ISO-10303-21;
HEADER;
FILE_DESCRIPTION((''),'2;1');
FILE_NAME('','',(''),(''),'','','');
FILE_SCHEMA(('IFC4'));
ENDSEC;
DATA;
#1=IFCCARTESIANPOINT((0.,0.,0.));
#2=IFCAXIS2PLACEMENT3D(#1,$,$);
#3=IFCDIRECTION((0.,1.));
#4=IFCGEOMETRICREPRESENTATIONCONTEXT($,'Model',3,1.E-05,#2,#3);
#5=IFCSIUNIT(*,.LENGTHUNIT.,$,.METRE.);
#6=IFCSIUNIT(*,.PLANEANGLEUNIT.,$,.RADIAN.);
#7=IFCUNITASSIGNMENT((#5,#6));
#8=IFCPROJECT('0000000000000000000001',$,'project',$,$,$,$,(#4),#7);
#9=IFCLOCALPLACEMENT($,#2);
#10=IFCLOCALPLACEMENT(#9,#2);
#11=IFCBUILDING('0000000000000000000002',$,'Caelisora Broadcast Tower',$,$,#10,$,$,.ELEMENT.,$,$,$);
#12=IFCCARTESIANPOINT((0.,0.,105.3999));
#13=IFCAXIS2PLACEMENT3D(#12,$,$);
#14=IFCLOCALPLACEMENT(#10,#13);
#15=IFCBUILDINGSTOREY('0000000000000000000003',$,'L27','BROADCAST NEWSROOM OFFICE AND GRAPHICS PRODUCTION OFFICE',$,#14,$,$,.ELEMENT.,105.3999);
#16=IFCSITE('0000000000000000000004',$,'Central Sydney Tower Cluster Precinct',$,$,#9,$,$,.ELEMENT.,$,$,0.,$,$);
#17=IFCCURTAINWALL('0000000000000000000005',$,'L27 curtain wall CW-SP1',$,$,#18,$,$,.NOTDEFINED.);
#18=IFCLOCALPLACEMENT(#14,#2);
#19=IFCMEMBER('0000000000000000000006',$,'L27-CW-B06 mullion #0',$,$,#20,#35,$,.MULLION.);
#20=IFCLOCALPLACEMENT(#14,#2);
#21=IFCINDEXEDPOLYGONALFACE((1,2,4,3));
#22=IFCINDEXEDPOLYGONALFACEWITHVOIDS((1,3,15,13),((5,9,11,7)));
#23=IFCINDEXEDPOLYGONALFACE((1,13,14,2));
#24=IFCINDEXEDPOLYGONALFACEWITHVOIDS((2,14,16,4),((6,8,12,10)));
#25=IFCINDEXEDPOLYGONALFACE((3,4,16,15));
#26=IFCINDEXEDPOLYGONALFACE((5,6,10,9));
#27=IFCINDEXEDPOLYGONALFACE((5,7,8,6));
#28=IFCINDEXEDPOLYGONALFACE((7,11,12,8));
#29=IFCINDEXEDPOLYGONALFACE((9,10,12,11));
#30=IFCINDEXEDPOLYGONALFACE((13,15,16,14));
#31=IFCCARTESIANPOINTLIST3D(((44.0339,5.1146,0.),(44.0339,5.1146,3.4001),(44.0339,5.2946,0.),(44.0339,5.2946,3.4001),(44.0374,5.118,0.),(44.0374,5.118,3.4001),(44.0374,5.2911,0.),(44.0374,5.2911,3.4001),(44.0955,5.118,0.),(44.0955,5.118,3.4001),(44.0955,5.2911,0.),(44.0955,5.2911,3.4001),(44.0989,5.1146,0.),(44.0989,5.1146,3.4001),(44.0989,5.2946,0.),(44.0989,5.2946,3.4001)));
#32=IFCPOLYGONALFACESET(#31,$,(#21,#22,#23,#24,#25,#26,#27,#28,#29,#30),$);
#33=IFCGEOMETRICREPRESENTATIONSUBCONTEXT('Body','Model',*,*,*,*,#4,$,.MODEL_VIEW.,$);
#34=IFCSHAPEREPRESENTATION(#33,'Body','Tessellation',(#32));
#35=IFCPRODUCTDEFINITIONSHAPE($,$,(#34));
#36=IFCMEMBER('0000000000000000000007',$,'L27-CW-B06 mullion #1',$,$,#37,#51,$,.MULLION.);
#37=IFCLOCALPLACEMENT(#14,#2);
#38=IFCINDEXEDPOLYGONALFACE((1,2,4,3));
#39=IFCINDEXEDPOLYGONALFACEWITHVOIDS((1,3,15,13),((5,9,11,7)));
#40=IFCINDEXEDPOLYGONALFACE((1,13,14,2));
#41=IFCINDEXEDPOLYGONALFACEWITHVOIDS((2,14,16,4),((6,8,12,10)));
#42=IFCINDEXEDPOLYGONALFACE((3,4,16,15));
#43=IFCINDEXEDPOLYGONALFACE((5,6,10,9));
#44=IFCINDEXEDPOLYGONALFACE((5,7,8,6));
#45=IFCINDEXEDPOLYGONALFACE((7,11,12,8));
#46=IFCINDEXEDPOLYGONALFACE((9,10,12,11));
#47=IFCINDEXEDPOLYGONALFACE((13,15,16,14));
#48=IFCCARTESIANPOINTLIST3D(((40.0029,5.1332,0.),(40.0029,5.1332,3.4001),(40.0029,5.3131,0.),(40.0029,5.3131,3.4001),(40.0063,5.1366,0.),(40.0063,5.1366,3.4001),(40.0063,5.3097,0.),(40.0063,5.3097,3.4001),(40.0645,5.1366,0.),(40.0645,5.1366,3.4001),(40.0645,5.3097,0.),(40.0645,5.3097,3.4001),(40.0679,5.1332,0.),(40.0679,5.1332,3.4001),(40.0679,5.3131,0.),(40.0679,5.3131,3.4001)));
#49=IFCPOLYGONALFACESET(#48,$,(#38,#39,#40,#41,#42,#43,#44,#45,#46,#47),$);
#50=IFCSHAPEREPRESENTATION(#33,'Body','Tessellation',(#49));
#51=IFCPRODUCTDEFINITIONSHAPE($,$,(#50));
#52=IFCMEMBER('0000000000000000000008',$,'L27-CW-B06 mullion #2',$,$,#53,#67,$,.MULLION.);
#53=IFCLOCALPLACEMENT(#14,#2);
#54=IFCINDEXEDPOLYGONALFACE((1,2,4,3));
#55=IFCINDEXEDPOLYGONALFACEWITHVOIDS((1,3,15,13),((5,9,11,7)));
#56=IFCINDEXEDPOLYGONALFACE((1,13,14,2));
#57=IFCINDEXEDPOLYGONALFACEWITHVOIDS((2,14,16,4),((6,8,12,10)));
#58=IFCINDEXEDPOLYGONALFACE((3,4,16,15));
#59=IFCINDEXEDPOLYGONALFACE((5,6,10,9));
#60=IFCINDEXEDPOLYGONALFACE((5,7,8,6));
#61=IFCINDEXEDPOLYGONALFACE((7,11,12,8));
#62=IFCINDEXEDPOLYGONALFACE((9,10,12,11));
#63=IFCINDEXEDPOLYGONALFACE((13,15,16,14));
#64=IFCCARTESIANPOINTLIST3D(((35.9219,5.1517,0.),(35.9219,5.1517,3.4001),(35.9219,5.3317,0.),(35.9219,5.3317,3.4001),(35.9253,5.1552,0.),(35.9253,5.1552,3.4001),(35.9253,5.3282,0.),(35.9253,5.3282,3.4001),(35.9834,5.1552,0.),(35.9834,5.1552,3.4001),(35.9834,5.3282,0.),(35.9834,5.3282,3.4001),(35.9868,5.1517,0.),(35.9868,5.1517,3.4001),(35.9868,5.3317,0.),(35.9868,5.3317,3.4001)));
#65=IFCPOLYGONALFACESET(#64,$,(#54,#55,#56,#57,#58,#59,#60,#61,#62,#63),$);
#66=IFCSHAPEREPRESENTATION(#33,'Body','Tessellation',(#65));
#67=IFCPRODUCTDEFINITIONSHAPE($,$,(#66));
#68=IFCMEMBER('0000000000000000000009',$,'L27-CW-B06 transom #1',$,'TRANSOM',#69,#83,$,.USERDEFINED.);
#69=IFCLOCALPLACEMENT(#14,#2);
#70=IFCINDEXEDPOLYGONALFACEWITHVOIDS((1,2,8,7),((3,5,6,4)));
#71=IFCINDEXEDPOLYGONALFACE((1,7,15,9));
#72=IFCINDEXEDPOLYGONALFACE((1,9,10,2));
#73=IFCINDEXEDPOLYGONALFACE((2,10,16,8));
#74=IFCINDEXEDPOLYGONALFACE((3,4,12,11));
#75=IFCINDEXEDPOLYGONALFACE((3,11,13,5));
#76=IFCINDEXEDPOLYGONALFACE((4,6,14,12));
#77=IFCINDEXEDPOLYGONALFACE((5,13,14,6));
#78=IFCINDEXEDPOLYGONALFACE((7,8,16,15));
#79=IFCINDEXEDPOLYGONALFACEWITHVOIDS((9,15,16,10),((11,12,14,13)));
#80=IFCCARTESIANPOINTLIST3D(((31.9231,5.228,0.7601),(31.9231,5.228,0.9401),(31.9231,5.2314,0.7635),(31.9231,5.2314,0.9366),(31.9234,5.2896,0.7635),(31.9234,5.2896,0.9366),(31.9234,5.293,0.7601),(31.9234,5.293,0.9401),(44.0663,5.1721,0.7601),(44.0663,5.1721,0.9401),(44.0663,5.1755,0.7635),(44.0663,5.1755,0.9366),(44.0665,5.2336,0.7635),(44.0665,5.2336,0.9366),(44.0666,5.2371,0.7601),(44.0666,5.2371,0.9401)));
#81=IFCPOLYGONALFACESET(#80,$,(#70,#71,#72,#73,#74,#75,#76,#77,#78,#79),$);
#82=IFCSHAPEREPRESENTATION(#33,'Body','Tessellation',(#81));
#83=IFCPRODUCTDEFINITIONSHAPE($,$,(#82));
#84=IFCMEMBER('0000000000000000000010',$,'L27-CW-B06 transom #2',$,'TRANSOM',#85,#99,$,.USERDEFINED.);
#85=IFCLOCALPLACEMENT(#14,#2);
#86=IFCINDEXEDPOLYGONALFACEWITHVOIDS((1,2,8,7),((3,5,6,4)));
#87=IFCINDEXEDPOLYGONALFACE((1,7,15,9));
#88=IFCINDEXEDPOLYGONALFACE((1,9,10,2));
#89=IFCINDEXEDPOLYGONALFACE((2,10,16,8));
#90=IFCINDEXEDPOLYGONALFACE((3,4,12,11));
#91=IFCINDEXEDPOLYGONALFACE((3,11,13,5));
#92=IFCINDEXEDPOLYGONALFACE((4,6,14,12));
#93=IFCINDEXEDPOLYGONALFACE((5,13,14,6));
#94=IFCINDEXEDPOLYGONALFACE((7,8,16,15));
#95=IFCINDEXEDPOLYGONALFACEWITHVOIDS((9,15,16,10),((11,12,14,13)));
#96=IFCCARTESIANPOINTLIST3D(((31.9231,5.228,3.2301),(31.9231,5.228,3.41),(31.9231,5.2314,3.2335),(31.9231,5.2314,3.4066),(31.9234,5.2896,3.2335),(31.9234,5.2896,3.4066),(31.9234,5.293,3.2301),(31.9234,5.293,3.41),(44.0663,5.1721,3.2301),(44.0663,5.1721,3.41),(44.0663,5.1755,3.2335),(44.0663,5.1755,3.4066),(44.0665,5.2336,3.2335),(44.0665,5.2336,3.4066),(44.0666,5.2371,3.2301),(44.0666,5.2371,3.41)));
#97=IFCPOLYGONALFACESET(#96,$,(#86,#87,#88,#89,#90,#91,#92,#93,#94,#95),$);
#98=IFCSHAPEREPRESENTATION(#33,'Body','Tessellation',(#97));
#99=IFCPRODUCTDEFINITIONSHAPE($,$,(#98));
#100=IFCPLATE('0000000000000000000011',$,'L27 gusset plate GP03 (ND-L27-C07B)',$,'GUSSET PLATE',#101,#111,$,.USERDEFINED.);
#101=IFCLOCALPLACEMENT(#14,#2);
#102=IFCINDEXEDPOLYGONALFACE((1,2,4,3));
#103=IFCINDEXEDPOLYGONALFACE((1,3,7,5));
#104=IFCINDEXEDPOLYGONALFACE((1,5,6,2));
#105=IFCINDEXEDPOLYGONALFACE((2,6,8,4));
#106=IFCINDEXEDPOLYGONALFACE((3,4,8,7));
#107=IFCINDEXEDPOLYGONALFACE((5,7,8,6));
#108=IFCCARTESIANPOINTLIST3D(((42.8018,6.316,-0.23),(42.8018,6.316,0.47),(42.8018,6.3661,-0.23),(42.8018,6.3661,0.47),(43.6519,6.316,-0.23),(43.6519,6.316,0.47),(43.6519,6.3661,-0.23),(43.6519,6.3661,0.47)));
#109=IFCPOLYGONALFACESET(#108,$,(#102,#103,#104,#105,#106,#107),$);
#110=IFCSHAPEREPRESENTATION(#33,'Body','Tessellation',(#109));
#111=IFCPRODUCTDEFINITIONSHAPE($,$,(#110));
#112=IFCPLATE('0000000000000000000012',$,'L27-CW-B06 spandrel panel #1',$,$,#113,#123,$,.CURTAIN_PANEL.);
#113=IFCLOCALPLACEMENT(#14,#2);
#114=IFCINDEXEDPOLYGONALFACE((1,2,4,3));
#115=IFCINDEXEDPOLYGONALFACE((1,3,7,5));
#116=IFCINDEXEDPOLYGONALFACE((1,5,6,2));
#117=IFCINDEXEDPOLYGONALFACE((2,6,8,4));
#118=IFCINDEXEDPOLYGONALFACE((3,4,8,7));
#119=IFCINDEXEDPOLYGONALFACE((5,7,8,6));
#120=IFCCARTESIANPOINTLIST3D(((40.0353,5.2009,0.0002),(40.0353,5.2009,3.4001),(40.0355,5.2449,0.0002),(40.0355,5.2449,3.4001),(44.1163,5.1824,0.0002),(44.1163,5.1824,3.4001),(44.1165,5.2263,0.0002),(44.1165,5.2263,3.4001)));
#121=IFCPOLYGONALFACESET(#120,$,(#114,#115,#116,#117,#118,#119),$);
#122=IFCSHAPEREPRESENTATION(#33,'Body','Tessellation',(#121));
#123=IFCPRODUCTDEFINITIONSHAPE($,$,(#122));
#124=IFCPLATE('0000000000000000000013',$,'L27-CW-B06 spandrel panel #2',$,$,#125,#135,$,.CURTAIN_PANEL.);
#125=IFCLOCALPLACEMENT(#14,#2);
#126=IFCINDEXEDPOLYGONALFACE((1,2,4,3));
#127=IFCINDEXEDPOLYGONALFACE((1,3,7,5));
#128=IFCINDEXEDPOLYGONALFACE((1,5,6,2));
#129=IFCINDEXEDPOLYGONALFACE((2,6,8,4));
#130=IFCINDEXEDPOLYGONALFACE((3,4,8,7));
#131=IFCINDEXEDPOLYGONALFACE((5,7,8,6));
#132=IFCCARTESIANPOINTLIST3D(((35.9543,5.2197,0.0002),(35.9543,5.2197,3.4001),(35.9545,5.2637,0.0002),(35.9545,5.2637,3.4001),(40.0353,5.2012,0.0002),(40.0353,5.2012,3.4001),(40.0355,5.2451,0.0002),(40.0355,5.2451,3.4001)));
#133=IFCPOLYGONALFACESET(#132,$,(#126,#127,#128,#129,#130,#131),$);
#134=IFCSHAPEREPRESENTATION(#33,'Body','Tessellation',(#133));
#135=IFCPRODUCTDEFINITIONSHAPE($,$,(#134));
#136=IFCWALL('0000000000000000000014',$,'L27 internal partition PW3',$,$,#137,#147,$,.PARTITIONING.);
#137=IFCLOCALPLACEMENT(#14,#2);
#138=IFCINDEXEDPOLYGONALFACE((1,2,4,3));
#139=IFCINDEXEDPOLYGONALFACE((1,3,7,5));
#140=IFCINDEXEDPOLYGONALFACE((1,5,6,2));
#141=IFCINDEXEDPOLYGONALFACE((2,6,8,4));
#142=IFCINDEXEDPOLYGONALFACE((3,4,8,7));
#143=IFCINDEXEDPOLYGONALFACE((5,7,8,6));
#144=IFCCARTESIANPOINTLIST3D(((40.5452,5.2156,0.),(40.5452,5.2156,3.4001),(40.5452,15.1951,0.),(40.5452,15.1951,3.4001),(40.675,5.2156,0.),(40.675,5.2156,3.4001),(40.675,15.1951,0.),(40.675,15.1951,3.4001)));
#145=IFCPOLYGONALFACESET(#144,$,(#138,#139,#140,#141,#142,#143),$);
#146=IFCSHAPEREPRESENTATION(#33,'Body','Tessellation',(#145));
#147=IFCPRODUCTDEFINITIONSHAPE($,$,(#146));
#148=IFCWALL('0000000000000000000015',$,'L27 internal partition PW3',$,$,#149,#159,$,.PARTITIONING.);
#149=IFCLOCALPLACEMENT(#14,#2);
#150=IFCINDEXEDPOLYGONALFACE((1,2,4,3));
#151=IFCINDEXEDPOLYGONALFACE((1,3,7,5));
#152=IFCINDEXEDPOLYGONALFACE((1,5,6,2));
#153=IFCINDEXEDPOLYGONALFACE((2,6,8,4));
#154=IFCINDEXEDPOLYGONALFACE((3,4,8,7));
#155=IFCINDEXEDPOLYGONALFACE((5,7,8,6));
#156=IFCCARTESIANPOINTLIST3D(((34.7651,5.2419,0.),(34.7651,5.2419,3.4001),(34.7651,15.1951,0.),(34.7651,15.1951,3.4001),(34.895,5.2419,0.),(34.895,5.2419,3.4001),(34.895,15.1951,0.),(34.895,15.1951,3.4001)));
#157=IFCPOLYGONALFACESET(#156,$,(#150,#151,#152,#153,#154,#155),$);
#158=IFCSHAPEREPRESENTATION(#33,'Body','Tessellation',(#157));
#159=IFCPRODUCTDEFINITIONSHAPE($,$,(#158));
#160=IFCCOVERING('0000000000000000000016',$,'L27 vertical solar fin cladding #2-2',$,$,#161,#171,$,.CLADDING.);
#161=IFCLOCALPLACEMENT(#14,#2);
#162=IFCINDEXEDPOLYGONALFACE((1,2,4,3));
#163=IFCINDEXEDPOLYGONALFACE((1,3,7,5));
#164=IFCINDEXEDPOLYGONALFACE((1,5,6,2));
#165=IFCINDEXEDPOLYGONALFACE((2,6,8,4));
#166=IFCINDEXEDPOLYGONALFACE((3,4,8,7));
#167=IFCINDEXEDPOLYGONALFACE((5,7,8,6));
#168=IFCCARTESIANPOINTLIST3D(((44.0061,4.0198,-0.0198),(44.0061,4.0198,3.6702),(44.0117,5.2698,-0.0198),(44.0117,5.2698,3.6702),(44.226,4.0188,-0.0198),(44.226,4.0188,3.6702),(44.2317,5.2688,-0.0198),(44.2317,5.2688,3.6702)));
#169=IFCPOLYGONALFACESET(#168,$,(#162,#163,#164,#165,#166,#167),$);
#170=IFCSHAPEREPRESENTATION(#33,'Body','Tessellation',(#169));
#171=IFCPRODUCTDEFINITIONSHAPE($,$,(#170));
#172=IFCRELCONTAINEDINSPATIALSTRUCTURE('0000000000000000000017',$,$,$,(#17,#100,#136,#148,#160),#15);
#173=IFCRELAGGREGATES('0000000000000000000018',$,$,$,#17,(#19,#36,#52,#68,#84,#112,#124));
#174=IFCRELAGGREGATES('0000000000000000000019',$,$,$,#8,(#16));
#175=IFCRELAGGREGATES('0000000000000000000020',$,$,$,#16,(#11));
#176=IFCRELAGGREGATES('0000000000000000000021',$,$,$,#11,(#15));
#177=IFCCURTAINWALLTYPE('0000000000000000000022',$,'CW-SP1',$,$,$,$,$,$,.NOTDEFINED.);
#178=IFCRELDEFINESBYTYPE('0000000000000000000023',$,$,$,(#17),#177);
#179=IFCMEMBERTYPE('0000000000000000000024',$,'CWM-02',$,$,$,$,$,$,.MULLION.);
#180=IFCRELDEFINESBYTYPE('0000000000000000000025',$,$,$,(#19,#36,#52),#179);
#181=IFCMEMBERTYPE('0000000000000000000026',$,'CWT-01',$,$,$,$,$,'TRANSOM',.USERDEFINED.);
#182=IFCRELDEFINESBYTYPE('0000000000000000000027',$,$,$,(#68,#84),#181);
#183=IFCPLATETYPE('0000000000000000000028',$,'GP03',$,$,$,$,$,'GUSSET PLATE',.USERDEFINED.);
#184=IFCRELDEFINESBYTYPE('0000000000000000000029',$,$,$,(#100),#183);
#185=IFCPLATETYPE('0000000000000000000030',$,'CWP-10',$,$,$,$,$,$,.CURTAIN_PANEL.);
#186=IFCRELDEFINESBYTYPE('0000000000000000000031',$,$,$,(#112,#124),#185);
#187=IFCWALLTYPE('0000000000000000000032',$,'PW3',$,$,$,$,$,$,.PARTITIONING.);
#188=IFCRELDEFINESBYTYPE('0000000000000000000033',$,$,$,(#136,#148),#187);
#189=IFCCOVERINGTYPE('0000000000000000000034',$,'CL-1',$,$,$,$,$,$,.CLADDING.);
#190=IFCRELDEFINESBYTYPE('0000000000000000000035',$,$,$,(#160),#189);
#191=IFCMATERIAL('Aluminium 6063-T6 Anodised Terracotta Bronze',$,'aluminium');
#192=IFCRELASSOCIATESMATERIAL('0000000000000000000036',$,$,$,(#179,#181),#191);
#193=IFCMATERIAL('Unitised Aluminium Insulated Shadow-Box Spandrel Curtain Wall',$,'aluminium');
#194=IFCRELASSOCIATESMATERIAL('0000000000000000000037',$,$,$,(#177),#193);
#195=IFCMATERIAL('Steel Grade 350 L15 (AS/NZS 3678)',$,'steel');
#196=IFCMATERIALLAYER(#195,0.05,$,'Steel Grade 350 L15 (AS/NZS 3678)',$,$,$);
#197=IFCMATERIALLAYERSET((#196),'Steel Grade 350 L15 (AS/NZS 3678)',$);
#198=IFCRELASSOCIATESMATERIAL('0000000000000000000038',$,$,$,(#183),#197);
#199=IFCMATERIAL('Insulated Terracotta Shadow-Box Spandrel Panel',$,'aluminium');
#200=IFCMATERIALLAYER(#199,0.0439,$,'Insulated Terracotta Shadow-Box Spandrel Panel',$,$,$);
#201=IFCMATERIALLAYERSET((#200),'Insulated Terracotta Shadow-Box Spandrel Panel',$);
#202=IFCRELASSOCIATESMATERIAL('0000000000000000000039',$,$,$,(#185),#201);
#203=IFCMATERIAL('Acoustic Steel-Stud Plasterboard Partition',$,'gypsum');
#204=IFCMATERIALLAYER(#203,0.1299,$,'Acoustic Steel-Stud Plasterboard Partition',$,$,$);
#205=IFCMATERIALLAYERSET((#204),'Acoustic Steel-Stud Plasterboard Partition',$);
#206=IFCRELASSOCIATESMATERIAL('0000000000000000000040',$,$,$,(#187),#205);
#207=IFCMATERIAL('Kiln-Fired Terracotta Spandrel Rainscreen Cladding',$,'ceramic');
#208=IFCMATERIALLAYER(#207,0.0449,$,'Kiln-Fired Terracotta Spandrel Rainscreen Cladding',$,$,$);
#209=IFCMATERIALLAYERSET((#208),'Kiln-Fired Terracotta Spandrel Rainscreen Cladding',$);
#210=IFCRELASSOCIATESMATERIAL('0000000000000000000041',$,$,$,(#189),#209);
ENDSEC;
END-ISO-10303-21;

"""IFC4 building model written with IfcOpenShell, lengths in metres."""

from ifc_helpers import new_model, si_unit, direction, frame, frame_2d, origin, origin_2d, place, context, subcontext, project, spatial, rectangle, hollow_rectangle, extrude, source, transform, mapped, material, layer, layer_set, material_profile, profile_set, type_object, type_shapes, element, aggregate, save


model = new_model("IFC4")

# Units and contexts
model_context = context("Model", 3, precision=1e-05, world=origin(), true_north=direction((0.0, 1.0)))
body_context = subcontext(model_context, "Body", "Model", "MODEL_VIEW")
ifc_project = project(units=[si_unit("LENGTHUNIT", "METRE"), si_unit("PLANEANGLEUNIT", "RADIAN")], contexts=[model_context])

# Site, building, storey
site_placement = place(None, origin())
site = spatial("IfcSite", under=ifc_project, at=site_placement, Name="Central Sydney Tower Cluster Precinct", CompositionType="ELEMENT", RefElevation=0.0)
building_placement = place(site_placement, origin())
building = spatial("IfcBuilding", under=site, at=building_placement, Name="Caelisora Broadcast Tower", CompositionType="ELEMENT")
storey_placement = place(building_placement, frame((0.0, 0.0, 105.3999)))
storey = spatial("IfcBuildingStorey", under=building, at=storey_placement, Name="L27", Description="BROADCAST NEWSROOM OFFICE AND GRAPHICS PRODUCTION OFFICE", CompositionType="ELEMENT", Elevation=105.3999)

# Shared definitions
ifc_material_1 = material(Name="Steel Grade 350 L15 (AS/NZS 3678)", Category="steel")

# Shared definitions
ifc_material_2 = material(Name="Aluminium 6063-T6 Anodised Terracotta Bronze", Category="aluminium")
ifc_material_profile_1 = material_profile(ifc_material_2, hollow_rectangle(XDim=0.0649, YDim=0.1799, WallThickness=0.0034, at=origin_2d()), Name="Aluminium 6063-T6 Anodised Terracotta Bronze")
ifc_profile_set_1 = profile_set([ifc_material_profile_1], Name="Aluminium 6063-T6 Anodised Terracotta Bronze")
member_type_1 = type_object("IfcMemberType", Name="CWM-02", PredefinedType="MULLION", material=ifc_profile_set_1)
shared_shape_1 = source(origin(), body_context, "Body", "SweptSolid", [
    extrude(hollow_rectangle(XDim=0.0649, YDim=0.1799, WallThickness=0.0034, at=origin_2d()), origin(), (0.0, 0.0, 1.0), 3.4001),
])
type_shapes(member_type_1, [shared_shape_1])

# Curtain wall, members
ifc_material_3 = material(Name="Unitised Aluminium Insulated Shadow-Box Spandrel Curtain Wall", Category="aluminium")
curtain_wall_type_1 = type_object("IfcCurtainWallType", Name="CW-SP1", PredefinedType="NOTDEFINED", material=ifc_material_3)
curtain_wall_1_placement = place(storey_placement, origin())
curtain_wall_1 = element("IfcCurtainWall", 1, at=curtain_wall_1_placement, inside=storey, type_object=curtain_wall_type_1, Name="L27 curtain wall CW-SP1", PredefinedType="NOTDEFINED")
member_1_placement = place(storey_placement, frame((44.0664, 5.2046, 0.0), z_axis=(0.0, 0.0, 1.0), x_axis=(1.0, 0.0, 0.0)))
member_1 = element("IfcMember", 2, at=member_1_placement, type_object=member_type_1, Name="L27-CW-B06 mullion #0", PredefinedType="MULLION", context=body_context, shape_type="MappedRepresentation", body=[
    mapped(shared_shape_1, transform((0.0, 0.0, 0.0), scale=1.0)),
])
member_2_placement = place(storey_placement, frame((40.0354, 5.2231, 0.0), z_axis=(0.0, 0.0, 1.0), x_axis=(1.0, 0.0, 0.0)))
member_2 = element("IfcMember", 3, at=member_2_placement, type_object=member_type_1, Name="L27-CW-B06 mullion #1", PredefinedType="MULLION", context=body_context, shape_type="MappedRepresentation", body=[
    mapped(shared_shape_1, transform((0.0, 0.0, 0.0), scale=1.0)),
])
member_3_placement = place(storey_placement, frame((35.9543, 5.2417, 0.0), z_axis=(0.0, 0.0, 1.0), x_axis=(1.0, 0.0, 0.0)))
member_3 = element("IfcMember", 4, at=member_3_placement, type_object=member_type_1, Name="L27-CW-B06 mullion #2", PredefinedType="MULLION", context=body_context, shape_type="MappedRepresentation", body=[
    mapped(shared_shape_1, transform((0.0, 0.0, 0.0), scale=1.0)),
])
ifc_material_profile_2 = material_profile(ifc_material_2, hollow_rectangle(XDim=0.0649, YDim=0.1799, WallThickness=0.0034, at=origin_2d()), Name="Aluminium 6063-T6 Anodised Terracotta Bronze")
ifc_profile_set_2 = profile_set([ifc_material_profile_2], Name="Aluminium 6063-T6 Anodised Terracotta Bronze")
member_type_2 = type_object("IfcMemberType", Name="CWT-01", ElementType="TRANSOM", PredefinedType="USERDEFINED", material=ifc_profile_set_2)
shared_shape_2 = source(origin(), body_context, "Body", "SweptSolid", [
    extrude(hollow_rectangle(XDim=0.0649, YDim=0.1799, WallThickness=0.0034, at=origin_2d()), origin(), (0.0, 0.0, 1.0), 12.1433),
])
type_shapes(member_type_2, [shared_shape_2])
member_4_placement = place(storey_placement, frame((44.0664, 5.2046, 0.8501), z_axis=(-0.999989, 0.004604, 0.0), x_axis=(-0.004604, -0.999989, 0.0)))
member_4 = element("IfcMember", 5, at=member_4_placement, type_object=member_type_2, Name="L27-CW-B06 transom #1", ObjectType="TRANSOM", PredefinedType="USERDEFINED", context=body_context, shape_type="MappedRepresentation", body=[
    mapped(shared_shape_2, transform((0.0, 0.0, 0.0), scale=1.0)),
])
member_5_placement = place(storey_placement, frame((44.0664, 5.2046, 3.3201), z_axis=(-0.999989, 0.004604, 0.0), x_axis=(-0.004604, -0.999989, 0.0)))
member_5 = element("IfcMember", 6, at=member_5_placement, type_object=member_type_2, Name="L27-CW-B06 transom #2", ObjectType="TRANSOM", PredefinedType="USERDEFINED", context=body_context, shape_type="MappedRepresentation", body=[
    mapped(shared_shape_2, transform((0.0, 0.0, 0.0), scale=1.0)),
])

# Plates
ifc_layer_1 = layer(ifc_material_1, 0.05, Name="Steel Grade 350 L15 (AS/NZS 3678)")
ifc_layer_set_1 = layer_set([ifc_layer_1], Name="Steel Grade 350 L15 (AS/NZS 3678)")
plate_type_1 = type_object("IfcPlateType", Name="GP03", ElementType="GUSSET PLATE", PredefinedType="USERDEFINED", material=ifc_layer_set_1)
shared_shape_3 = source(origin(), body_context, "Body", "SweptSolid", [
    extrude(rectangle(XDim=0.8501, YDim=0.05, at=origin_2d()), origin(), (0.0, 0.0, 1.0), 0.7),
])
type_shapes(plate_type_1, [shared_shape_3])
plate_1_placement = place(storey_placement, frame((43.2268, 6.3411, -0.23), z_axis=(0.0, 0.0, 1.0), x_axis=(1.0, 0.0, 0.0)))
element("IfcPlate", 7, at=plate_1_placement, inside=storey, type_object=plate_type_1, Name="L27 gusset plate GP03 (ND-L27-C07B)", ObjectType="GUSSET PLATE", PredefinedType="USERDEFINED", context=body_context, shape_type="MappedRepresentation", body=[
    mapped(shared_shape_3, transform((0.0, 0.0, 0.0), scale=1.0)),
])
ifc_material_4 = material(Name="Insulated Terracotta Shadow-Box Spandrel Panel", Category="aluminium")
ifc_layer_2 = layer(ifc_material_4, 0.0439, Name="Insulated Terracotta Shadow-Box Spandrel Panel")
ifc_layer_set_2 = layer_set([ifc_layer_2], Name="Insulated Terracotta Shadow-Box Spandrel Panel")
plate_type_2 = type_object("IfcPlateType", Name="CWP-10", PredefinedType="CURTAIN_PANEL", material=ifc_layer_set_2)
shared_shape_4 = source(origin(), body_context, "Body", "SweptSolid", [
    extrude(rectangle(XDim=4.0811, YDim=0.0439, at=origin_2d()), origin(), (0.0, 0.0, 1.0), 3.3999),
])
type_shapes(plate_type_2, [shared_shape_4])
plate_2_placement = place(storey_placement, frame((42.0759, 5.2136, 0.0002), z_axis=(0.0, 0.0, 1.0), x_axis=(-0.99999, 0.004538, 0.0)))
plate_2 = element("IfcPlate", 8, at=plate_2_placement, type_object=plate_type_2, Name="L27-CW-B06 spandrel panel #1", PredefinedType="CURTAIN_PANEL", context=body_context, shape_type="MappedRepresentation", body=[
    mapped(shared_shape_4, transform((0.0, 0.0, 0.0), scale=1.0)),
])
plate_3_placement = place(storey_placement, frame((37.9949, 5.2324, 0.0002), z_axis=(0.0, 0.0, 1.0), x_axis=(-0.99999, 0.004538, 0.0)))
plate_3 = element("IfcPlate", 9, at=plate_3_placement, type_object=plate_type_2, Name="L27-CW-B06 spandrel panel #2", PredefinedType="CURTAIN_PANEL", context=body_context, shape_type="MappedRepresentation", body=[
    mapped(shared_shape_4, transform((0.0, 0.0, 0.0), scale=1.0)),
])
aggregate(curtain_wall_1, [member_1, member_2, member_3, member_4, member_5, plate_2, plate_3])

# Walls
ifc_material_5 = material(Name="Acoustic Steel-Stud Plasterboard Partition", Category="gypsum")
ifc_layer_3 = layer(ifc_material_5, 0.1299, Name="Acoustic Steel-Stud Plasterboard Partition")
ifc_layer_set_3 = layer_set([ifc_layer_3], Name="Acoustic Steel-Stud Plasterboard Partition")
wall_type = type_object("IfcWallType", Name="PW3", PredefinedType="PARTITIONING", material=ifc_layer_set_3)
wall_1_placement = place(storey_placement, frame((40.6101, 5.2156, 0.0), z_axis=(0.0, 0.0, 1.0), x_axis=(0.0, 1.0, 0.0)))
element("IfcWall", 10, at=wall_1_placement, inside=storey, type_object=wall_type, Name="L27 internal partition PW3", PredefinedType="PARTITIONING", context=body_context, shape_type="SweptSolid", body=[
    extrude(rectangle(XDim=9.9795, YDim=0.1299, at=frame_2d((4.9897, 0.0))), origin(), (0.0, 0.0, 1.0), 3.4001),
])
wall_2_placement = place(storey_placement, frame((34.8301, 5.2419, 0.0), z_axis=(0.0, 0.0, 1.0), x_axis=(0.0, 1.0, 0.0)))
element("IfcWall", 11, at=wall_2_placement, inside=storey, type_object=wall_type, Name="L27 internal partition PW3", PredefinedType="PARTITIONING", context=body_context, shape_type="SweptSolid", body=[
    extrude(rectangle(XDim=9.9531, YDim=0.1299, at=frame_2d((4.9766, 0.0))), origin(), (0.0, 0.0, 1.0), 3.4001),
])

# Covering
ifc_material_6 = material(Name="Kiln-Fired Terracotta Spandrel Rainscreen Cladding", Category="ceramic")
ifc_layer_4 = layer(ifc_material_6, 0.0449, Name="Kiln-Fired Terracotta Spandrel Rainscreen Cladding")
ifc_layer_set_4 = layer_set([ifc_layer_4], Name="Kiln-Fired Terracotta Spandrel Rainscreen Cladding")
covering_type = type_object("IfcCoveringType", Name="CL-1", PredefinedType="CLADDING", material=ifc_layer_set_4)
shared_shape_5 = source(origin(), body_context, "Body", "SweptSolid", [
    extrude(rectangle(XDim=0.22, YDim=1.25, at=origin_2d()), origin(), (0.0, 0.0, 1.0), 3.6899),
])
type_shapes(covering_type, [shared_shape_5])
covering_placement = place(storey_placement, frame((44.1189, 4.6443, -0.0198), z_axis=(0.0, 0.0, 1.0), x_axis=(-0.99999, 0.004538, 0.0)))
element("IfcCovering", 12, at=covering_placement, inside=storey, type_object=covering_type, Name="L27 vertical solar fin cladding #2-2", PredefinedType="CLADDING", context=body_context, shape_type="MappedRepresentation", body=[
    mapped(shared_shape_5, transform((0.0, 0.0, 0.0), scale=1.0)),
])

save(model, "model.ifc")
